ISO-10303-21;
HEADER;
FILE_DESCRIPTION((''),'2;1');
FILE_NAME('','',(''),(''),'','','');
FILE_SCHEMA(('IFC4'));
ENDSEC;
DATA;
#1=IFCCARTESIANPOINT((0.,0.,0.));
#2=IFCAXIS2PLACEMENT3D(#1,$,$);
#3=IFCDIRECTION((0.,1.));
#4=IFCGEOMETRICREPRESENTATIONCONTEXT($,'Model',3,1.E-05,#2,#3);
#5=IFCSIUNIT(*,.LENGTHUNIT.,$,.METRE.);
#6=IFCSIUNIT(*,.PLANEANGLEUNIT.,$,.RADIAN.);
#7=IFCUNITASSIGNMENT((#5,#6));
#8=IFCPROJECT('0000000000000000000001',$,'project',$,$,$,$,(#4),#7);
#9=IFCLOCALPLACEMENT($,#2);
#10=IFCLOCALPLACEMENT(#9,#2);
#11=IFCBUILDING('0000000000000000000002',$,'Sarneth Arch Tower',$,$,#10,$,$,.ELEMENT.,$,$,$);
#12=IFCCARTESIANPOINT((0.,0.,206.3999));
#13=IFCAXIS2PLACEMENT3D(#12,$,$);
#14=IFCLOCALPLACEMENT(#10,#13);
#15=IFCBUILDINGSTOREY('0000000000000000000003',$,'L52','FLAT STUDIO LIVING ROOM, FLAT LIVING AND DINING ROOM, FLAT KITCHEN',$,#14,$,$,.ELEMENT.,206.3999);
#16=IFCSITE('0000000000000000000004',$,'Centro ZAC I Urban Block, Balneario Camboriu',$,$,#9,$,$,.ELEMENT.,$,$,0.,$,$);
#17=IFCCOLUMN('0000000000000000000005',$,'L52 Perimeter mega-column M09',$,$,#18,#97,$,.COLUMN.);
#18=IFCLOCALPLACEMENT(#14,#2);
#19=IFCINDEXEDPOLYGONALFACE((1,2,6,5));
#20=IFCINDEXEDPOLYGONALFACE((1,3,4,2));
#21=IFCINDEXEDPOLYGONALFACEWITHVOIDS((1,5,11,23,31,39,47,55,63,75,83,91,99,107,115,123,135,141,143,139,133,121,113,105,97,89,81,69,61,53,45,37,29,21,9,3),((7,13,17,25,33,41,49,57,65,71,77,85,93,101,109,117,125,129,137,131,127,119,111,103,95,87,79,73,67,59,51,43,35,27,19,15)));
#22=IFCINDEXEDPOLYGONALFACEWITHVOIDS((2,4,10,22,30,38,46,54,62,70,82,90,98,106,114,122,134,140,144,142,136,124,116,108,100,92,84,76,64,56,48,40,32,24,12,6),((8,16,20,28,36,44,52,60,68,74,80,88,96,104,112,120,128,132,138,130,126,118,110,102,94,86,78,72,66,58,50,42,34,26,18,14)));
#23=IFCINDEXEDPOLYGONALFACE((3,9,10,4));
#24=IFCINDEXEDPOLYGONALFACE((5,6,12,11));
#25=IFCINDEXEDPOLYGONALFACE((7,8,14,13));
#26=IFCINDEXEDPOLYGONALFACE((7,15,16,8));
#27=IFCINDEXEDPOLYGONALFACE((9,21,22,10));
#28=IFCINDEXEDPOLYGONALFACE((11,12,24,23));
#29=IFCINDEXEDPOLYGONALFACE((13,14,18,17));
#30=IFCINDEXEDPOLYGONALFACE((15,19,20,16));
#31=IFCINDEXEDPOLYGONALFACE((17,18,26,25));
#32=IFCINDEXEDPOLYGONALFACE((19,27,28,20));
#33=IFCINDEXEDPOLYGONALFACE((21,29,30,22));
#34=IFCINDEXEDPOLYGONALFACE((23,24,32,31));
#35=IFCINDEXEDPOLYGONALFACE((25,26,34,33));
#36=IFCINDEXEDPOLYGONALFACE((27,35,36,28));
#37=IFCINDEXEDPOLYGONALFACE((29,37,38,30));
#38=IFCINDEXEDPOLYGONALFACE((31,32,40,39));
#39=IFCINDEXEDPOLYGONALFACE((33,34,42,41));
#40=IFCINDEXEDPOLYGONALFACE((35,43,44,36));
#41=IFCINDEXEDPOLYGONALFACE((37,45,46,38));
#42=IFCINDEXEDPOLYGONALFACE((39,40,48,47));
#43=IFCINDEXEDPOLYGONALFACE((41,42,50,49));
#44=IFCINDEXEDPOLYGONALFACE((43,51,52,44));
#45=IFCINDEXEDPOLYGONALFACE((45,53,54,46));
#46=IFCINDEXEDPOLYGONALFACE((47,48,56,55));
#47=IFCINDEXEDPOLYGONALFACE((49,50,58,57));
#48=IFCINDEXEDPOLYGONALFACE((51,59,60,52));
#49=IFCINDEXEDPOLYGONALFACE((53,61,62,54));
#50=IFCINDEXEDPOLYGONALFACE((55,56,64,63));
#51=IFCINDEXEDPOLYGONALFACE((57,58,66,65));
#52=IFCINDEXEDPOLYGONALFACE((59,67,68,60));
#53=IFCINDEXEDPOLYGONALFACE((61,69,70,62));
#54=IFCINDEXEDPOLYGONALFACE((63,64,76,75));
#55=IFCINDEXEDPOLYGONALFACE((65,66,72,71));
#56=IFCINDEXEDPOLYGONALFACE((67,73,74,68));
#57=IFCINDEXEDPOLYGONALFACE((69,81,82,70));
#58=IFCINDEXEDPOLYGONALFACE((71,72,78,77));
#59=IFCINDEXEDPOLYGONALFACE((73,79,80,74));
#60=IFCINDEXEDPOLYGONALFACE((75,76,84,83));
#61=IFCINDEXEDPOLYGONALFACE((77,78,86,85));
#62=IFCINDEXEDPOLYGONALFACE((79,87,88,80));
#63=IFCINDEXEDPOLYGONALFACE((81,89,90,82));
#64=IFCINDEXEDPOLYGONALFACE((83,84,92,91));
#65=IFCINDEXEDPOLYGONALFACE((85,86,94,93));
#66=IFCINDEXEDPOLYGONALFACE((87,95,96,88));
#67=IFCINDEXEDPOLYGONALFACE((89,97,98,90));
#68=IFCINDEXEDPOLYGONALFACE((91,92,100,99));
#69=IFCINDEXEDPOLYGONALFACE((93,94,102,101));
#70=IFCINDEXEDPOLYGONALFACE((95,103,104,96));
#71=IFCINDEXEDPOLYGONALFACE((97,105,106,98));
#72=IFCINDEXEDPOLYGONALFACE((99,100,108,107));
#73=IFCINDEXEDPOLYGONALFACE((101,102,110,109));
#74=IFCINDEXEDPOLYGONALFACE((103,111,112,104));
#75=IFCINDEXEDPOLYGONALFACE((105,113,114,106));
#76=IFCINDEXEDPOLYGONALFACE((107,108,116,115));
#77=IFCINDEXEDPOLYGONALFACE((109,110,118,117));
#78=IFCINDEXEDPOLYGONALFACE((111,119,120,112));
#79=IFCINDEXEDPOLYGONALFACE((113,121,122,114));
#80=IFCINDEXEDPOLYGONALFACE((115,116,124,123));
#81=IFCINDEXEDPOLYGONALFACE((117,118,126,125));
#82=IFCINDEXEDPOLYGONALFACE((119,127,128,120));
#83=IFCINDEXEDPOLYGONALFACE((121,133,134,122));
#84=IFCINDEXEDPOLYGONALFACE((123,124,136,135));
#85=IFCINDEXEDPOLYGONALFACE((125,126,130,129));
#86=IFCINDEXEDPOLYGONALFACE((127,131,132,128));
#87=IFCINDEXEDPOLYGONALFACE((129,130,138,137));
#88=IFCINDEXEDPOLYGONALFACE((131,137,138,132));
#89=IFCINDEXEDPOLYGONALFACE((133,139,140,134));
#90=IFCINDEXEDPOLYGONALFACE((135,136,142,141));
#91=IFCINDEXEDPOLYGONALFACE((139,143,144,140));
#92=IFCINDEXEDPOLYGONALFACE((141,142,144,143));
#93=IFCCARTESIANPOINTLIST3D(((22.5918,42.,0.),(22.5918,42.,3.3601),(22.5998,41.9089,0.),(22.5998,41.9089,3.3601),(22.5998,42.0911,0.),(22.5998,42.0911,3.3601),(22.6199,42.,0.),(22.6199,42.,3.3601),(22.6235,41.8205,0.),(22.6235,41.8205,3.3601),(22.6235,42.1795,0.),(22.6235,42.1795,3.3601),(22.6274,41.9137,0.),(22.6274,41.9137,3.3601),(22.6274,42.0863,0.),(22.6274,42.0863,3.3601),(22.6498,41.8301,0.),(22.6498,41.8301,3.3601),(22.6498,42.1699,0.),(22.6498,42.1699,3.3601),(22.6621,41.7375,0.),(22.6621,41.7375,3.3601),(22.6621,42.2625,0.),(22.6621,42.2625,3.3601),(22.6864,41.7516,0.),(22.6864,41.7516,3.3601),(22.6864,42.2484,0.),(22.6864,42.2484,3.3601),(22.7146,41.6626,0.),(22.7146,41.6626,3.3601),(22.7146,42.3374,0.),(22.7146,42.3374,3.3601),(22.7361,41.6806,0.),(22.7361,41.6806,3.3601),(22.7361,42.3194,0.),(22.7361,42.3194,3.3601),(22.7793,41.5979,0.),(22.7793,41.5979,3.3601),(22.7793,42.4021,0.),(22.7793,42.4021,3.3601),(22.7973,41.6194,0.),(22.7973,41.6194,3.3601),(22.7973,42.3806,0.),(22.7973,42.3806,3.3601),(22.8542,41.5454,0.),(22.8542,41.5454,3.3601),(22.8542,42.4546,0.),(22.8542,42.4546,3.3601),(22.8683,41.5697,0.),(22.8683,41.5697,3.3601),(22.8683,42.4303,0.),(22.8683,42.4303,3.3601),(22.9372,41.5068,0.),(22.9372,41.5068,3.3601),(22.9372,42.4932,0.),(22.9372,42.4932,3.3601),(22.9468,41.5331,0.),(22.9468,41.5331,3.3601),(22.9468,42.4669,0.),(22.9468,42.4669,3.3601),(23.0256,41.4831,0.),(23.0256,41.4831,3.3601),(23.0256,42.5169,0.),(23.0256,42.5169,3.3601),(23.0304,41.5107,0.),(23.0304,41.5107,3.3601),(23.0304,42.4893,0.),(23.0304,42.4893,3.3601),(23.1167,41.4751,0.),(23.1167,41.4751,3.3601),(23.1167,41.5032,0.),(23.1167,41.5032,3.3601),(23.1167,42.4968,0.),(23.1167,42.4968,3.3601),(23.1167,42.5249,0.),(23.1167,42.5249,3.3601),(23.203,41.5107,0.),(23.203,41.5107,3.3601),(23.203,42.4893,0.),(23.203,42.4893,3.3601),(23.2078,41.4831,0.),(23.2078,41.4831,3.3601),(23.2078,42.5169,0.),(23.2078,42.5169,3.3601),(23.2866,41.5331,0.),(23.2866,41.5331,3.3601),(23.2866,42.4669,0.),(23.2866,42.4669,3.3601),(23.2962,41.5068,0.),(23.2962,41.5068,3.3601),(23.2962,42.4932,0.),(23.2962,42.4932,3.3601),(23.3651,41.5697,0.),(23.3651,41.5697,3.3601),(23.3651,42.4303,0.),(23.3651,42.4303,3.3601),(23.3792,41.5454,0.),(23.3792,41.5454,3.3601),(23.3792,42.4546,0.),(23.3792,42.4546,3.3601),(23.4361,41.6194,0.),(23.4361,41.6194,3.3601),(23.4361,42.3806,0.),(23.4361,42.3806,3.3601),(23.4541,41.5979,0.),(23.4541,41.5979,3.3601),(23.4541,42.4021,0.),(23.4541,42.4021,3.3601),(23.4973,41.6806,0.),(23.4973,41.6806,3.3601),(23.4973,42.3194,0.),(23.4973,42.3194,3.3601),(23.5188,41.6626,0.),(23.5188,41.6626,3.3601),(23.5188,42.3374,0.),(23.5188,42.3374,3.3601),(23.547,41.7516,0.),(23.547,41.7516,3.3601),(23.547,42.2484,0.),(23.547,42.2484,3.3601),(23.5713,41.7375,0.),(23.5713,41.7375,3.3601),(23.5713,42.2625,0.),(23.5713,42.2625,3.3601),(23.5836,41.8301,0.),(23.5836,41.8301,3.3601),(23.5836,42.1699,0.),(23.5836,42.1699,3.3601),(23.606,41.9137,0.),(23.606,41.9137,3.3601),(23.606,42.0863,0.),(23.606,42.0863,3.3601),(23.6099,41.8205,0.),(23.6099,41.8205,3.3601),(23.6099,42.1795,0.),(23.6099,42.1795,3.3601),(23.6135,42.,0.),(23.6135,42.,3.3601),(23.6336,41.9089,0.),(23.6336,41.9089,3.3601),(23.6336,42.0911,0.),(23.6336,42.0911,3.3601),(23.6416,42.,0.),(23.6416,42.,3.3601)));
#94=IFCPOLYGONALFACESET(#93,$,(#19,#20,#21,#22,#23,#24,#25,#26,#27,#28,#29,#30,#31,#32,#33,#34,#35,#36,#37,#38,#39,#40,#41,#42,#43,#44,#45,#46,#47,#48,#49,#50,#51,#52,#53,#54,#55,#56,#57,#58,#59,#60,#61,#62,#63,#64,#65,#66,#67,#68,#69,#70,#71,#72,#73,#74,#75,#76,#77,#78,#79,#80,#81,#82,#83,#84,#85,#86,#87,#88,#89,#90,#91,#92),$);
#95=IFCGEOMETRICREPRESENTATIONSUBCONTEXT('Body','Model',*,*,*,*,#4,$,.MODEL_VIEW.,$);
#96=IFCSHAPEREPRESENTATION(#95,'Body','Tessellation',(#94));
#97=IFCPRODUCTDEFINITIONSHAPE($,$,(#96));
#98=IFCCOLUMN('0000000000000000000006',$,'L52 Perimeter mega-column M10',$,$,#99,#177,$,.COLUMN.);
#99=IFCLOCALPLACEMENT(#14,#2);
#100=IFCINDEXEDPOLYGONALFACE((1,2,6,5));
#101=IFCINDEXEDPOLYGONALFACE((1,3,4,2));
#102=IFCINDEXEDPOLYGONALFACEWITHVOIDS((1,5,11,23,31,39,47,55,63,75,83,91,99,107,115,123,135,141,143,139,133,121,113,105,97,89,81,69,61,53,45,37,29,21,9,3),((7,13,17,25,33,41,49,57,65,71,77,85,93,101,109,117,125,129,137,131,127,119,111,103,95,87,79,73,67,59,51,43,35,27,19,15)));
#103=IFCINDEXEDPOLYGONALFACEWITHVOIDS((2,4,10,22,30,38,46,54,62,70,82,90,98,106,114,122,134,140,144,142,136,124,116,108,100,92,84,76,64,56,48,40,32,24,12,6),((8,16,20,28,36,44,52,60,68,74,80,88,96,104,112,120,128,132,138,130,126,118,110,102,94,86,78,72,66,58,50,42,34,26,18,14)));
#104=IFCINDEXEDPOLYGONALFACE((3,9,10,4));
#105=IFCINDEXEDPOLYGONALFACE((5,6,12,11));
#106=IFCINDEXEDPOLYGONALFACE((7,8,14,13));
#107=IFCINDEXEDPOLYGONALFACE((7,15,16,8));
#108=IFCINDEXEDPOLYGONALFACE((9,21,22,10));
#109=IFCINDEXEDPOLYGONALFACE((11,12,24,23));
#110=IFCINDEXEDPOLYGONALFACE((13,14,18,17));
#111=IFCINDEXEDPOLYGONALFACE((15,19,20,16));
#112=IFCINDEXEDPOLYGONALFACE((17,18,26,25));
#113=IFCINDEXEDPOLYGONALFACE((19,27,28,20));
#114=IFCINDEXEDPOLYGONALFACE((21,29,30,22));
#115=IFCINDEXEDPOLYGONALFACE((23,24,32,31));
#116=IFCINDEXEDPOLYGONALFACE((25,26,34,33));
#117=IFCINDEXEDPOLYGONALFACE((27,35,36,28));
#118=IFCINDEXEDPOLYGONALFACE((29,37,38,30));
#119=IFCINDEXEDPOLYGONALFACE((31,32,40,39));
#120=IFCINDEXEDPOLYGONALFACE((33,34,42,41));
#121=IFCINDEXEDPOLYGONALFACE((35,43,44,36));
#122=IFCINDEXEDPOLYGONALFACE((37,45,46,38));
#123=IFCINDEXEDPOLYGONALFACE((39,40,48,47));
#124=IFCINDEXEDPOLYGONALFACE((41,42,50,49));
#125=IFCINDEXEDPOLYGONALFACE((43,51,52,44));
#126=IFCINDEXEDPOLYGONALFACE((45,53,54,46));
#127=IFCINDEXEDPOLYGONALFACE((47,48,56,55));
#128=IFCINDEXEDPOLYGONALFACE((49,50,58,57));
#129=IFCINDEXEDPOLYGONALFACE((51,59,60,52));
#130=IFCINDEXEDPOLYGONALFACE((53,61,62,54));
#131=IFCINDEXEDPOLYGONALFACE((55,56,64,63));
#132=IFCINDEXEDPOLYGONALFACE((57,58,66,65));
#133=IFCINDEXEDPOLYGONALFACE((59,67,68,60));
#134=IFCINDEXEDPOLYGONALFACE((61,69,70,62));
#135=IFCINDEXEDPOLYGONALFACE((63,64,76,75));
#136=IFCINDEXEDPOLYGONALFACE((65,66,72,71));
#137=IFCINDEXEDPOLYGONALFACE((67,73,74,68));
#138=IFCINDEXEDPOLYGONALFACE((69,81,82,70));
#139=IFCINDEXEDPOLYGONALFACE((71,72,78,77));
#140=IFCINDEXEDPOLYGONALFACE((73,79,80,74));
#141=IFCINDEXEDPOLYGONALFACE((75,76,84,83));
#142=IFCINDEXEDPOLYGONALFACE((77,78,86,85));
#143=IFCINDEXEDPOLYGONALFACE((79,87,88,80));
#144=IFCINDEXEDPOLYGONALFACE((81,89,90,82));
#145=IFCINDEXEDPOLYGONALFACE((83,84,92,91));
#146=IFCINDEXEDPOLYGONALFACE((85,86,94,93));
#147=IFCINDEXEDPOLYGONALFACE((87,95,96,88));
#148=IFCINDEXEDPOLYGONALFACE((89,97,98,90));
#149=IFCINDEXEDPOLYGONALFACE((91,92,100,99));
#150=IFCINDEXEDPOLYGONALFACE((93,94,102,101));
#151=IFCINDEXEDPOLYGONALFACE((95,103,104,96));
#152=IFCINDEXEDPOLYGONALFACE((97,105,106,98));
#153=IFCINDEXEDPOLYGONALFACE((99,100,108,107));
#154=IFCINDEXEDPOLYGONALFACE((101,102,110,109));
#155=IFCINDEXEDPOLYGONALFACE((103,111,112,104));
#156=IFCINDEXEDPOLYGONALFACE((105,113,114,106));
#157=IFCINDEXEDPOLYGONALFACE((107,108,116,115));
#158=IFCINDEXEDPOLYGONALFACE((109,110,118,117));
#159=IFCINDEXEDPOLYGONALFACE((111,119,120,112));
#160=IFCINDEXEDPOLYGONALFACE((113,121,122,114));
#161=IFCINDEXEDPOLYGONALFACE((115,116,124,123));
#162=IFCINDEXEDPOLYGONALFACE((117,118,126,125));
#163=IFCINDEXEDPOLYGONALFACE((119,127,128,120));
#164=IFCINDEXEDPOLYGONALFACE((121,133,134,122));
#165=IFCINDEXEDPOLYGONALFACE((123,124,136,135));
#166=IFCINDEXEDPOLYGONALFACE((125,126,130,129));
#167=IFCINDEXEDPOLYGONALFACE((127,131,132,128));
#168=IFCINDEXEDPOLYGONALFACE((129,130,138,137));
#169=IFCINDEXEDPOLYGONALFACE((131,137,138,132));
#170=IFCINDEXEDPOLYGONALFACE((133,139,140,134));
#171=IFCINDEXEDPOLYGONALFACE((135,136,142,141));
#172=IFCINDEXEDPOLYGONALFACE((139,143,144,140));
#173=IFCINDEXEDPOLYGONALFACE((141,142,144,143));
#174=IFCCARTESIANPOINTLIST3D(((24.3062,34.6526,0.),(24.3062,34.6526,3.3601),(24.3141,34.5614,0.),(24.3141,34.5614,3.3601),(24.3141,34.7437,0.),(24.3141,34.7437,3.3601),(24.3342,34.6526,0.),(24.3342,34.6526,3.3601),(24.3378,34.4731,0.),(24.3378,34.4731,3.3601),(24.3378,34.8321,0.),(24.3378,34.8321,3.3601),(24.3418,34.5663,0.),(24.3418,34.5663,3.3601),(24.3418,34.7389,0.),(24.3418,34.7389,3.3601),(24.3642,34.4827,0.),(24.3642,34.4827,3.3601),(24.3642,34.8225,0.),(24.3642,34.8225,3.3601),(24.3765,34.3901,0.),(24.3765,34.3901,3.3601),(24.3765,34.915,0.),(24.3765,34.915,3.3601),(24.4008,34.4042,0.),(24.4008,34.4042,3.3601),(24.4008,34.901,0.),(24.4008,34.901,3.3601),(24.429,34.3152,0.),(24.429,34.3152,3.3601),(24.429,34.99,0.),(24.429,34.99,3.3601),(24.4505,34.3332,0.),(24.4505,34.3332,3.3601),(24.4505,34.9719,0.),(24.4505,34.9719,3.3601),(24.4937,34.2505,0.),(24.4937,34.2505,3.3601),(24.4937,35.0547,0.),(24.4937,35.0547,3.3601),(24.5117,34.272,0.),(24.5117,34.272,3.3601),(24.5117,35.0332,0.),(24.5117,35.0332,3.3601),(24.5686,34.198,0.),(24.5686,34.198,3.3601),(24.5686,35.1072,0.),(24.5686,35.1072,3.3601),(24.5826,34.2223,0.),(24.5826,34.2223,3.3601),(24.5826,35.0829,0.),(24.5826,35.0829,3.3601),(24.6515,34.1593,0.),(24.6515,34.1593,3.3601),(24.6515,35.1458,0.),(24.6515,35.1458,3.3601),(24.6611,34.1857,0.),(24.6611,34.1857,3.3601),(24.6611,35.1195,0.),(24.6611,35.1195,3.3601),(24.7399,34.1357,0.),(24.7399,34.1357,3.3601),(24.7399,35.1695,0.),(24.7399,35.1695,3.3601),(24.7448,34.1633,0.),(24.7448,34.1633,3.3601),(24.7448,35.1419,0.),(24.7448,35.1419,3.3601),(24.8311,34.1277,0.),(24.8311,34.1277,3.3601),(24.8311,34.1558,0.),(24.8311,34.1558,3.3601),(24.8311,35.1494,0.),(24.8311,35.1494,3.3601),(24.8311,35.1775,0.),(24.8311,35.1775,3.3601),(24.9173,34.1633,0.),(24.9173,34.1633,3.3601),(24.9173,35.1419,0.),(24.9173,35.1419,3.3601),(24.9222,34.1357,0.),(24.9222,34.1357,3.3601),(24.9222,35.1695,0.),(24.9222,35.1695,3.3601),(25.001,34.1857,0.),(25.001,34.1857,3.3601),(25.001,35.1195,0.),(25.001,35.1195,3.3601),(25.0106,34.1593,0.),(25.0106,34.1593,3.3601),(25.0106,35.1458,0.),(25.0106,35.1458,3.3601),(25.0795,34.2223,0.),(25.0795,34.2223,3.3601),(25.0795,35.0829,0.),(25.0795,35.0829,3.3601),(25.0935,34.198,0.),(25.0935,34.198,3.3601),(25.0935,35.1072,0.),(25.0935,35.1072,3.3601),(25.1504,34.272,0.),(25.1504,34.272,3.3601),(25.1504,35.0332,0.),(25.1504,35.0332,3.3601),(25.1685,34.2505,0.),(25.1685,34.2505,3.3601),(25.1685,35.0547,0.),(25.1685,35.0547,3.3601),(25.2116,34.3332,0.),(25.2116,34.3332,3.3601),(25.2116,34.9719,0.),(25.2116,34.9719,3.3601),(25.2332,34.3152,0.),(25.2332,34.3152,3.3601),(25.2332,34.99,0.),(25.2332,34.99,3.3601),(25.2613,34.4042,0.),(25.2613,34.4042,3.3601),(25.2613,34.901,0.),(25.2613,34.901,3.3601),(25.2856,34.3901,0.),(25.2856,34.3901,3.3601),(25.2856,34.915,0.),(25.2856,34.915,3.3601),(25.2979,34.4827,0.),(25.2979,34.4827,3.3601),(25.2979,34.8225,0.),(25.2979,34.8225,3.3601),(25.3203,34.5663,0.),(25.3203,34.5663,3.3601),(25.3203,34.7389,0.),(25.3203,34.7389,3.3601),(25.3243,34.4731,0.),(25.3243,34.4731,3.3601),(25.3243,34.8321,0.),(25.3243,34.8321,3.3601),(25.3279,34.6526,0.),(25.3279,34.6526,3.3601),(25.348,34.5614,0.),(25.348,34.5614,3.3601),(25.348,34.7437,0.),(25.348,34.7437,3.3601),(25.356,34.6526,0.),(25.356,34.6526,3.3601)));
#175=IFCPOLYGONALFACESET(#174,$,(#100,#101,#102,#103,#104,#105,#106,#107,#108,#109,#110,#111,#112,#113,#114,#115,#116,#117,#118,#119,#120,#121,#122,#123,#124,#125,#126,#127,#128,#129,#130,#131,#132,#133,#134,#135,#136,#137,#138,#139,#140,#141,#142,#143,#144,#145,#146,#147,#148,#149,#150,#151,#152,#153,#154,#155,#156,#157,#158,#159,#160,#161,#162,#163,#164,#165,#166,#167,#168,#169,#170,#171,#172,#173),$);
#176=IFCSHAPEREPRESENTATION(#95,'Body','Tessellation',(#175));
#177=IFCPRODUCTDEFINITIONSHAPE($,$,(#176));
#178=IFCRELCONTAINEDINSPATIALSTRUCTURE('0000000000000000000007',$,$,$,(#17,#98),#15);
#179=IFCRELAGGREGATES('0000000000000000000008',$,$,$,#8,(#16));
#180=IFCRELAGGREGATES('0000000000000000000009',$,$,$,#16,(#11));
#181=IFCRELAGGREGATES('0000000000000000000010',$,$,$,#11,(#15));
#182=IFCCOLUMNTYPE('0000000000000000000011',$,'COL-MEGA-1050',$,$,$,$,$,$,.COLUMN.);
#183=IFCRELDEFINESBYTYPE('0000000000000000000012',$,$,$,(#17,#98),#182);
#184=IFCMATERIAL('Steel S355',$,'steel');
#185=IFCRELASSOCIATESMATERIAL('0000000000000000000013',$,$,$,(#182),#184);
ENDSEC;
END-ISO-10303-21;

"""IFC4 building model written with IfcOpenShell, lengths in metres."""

from ifc_helpers import new_model, si_unit, direction, frame, origin, origin_2d, place, context, subcontext, project, spatial, hollow_circle, extrude, material, material_profile, profile_set, type_object, element, save


model = new_model("IFC4")

# Units and contexts
model_context = context("Model", 3, precision=1e-05, world=origin(), true_north=direction((0.0, 1.0)))
body_context = subcontext(model_context, "Body", "Model", "MODEL_VIEW")
ifc_project = project(units=[si_unit("LENGTHUNIT", "METRE"), si_unit("PLANEANGLEUNIT", "RADIAN")], contexts=[model_context])

# Site, building, storey
site_placement = place(None, origin())
site = spatial("IfcSite", under=ifc_project, at=site_placement, Name="Centro ZAC I Urban Block, Balneario Camboriu", CompositionType="ELEMENT", RefElevation=0.0)
building_placement = place(site_placement, origin())
building = spatial("IfcBuilding", under=site, at=building_placement, Name="Sarneth Arch Tower", CompositionType="ELEMENT")
storey_placement = place(building_placement, frame((0.0, 0.0, 206.3999)))
storey = spatial("IfcBuildingStorey", under=building, at=storey_placement, Name="L52", Description="FLAT STUDIO LIVING ROOM, FLAT LIVING AND DINING ROOM, FLAT KITCHEN", CompositionType="ELEMENT", Elevation=206.3999)

# Columns
ifc_material_1 = material(Name="Steel S355", Category="steel")
ifc_material_profile_1 = material_profile(ifc_material_1, hollow_circle(Radius=0.5249, WallThickness=0.0281, at=origin_2d()), Name="CHS1050x28")
ifc_profile_set_1 = profile_set([ifc_material_profile_1], Name="Steel S355")
column_type = type_object("IfcColumnType", Name="COL-MEGA-1050", PredefinedType="COLUMN", material=ifc_profile_set_1)
for number, where, z_axis, x_axis, name in (
    (1, (23.1167, 42.0, 0.0), (0.0, 0.0, 1.0), (1.0, 0.0, 0.0), "L52 Perimeter mega-column M09"),
    (2, (24.8311, 34.6526, 0.0), (0.0, 0.0, 1.0), (1.0, 0.0, 0.0), "L52 Perimeter mega-column M10"),
):
    element("IfcColumn", number, at=place(storey_placement, frame(where, z_axis=z_axis, x_axis=x_axis)), inside=storey, type_object=column_type, Name=name, PredefinedType="COLUMN", context=body_context, shape_type="SweptSolid", body=[
        extrude(hollow_circle(Radius=0.5249, WallThickness=0.0281, at=origin_2d()), origin(), (0.0, 0.0, 1.0), 3.3601),
    ])

save(model, "model.ifc")
